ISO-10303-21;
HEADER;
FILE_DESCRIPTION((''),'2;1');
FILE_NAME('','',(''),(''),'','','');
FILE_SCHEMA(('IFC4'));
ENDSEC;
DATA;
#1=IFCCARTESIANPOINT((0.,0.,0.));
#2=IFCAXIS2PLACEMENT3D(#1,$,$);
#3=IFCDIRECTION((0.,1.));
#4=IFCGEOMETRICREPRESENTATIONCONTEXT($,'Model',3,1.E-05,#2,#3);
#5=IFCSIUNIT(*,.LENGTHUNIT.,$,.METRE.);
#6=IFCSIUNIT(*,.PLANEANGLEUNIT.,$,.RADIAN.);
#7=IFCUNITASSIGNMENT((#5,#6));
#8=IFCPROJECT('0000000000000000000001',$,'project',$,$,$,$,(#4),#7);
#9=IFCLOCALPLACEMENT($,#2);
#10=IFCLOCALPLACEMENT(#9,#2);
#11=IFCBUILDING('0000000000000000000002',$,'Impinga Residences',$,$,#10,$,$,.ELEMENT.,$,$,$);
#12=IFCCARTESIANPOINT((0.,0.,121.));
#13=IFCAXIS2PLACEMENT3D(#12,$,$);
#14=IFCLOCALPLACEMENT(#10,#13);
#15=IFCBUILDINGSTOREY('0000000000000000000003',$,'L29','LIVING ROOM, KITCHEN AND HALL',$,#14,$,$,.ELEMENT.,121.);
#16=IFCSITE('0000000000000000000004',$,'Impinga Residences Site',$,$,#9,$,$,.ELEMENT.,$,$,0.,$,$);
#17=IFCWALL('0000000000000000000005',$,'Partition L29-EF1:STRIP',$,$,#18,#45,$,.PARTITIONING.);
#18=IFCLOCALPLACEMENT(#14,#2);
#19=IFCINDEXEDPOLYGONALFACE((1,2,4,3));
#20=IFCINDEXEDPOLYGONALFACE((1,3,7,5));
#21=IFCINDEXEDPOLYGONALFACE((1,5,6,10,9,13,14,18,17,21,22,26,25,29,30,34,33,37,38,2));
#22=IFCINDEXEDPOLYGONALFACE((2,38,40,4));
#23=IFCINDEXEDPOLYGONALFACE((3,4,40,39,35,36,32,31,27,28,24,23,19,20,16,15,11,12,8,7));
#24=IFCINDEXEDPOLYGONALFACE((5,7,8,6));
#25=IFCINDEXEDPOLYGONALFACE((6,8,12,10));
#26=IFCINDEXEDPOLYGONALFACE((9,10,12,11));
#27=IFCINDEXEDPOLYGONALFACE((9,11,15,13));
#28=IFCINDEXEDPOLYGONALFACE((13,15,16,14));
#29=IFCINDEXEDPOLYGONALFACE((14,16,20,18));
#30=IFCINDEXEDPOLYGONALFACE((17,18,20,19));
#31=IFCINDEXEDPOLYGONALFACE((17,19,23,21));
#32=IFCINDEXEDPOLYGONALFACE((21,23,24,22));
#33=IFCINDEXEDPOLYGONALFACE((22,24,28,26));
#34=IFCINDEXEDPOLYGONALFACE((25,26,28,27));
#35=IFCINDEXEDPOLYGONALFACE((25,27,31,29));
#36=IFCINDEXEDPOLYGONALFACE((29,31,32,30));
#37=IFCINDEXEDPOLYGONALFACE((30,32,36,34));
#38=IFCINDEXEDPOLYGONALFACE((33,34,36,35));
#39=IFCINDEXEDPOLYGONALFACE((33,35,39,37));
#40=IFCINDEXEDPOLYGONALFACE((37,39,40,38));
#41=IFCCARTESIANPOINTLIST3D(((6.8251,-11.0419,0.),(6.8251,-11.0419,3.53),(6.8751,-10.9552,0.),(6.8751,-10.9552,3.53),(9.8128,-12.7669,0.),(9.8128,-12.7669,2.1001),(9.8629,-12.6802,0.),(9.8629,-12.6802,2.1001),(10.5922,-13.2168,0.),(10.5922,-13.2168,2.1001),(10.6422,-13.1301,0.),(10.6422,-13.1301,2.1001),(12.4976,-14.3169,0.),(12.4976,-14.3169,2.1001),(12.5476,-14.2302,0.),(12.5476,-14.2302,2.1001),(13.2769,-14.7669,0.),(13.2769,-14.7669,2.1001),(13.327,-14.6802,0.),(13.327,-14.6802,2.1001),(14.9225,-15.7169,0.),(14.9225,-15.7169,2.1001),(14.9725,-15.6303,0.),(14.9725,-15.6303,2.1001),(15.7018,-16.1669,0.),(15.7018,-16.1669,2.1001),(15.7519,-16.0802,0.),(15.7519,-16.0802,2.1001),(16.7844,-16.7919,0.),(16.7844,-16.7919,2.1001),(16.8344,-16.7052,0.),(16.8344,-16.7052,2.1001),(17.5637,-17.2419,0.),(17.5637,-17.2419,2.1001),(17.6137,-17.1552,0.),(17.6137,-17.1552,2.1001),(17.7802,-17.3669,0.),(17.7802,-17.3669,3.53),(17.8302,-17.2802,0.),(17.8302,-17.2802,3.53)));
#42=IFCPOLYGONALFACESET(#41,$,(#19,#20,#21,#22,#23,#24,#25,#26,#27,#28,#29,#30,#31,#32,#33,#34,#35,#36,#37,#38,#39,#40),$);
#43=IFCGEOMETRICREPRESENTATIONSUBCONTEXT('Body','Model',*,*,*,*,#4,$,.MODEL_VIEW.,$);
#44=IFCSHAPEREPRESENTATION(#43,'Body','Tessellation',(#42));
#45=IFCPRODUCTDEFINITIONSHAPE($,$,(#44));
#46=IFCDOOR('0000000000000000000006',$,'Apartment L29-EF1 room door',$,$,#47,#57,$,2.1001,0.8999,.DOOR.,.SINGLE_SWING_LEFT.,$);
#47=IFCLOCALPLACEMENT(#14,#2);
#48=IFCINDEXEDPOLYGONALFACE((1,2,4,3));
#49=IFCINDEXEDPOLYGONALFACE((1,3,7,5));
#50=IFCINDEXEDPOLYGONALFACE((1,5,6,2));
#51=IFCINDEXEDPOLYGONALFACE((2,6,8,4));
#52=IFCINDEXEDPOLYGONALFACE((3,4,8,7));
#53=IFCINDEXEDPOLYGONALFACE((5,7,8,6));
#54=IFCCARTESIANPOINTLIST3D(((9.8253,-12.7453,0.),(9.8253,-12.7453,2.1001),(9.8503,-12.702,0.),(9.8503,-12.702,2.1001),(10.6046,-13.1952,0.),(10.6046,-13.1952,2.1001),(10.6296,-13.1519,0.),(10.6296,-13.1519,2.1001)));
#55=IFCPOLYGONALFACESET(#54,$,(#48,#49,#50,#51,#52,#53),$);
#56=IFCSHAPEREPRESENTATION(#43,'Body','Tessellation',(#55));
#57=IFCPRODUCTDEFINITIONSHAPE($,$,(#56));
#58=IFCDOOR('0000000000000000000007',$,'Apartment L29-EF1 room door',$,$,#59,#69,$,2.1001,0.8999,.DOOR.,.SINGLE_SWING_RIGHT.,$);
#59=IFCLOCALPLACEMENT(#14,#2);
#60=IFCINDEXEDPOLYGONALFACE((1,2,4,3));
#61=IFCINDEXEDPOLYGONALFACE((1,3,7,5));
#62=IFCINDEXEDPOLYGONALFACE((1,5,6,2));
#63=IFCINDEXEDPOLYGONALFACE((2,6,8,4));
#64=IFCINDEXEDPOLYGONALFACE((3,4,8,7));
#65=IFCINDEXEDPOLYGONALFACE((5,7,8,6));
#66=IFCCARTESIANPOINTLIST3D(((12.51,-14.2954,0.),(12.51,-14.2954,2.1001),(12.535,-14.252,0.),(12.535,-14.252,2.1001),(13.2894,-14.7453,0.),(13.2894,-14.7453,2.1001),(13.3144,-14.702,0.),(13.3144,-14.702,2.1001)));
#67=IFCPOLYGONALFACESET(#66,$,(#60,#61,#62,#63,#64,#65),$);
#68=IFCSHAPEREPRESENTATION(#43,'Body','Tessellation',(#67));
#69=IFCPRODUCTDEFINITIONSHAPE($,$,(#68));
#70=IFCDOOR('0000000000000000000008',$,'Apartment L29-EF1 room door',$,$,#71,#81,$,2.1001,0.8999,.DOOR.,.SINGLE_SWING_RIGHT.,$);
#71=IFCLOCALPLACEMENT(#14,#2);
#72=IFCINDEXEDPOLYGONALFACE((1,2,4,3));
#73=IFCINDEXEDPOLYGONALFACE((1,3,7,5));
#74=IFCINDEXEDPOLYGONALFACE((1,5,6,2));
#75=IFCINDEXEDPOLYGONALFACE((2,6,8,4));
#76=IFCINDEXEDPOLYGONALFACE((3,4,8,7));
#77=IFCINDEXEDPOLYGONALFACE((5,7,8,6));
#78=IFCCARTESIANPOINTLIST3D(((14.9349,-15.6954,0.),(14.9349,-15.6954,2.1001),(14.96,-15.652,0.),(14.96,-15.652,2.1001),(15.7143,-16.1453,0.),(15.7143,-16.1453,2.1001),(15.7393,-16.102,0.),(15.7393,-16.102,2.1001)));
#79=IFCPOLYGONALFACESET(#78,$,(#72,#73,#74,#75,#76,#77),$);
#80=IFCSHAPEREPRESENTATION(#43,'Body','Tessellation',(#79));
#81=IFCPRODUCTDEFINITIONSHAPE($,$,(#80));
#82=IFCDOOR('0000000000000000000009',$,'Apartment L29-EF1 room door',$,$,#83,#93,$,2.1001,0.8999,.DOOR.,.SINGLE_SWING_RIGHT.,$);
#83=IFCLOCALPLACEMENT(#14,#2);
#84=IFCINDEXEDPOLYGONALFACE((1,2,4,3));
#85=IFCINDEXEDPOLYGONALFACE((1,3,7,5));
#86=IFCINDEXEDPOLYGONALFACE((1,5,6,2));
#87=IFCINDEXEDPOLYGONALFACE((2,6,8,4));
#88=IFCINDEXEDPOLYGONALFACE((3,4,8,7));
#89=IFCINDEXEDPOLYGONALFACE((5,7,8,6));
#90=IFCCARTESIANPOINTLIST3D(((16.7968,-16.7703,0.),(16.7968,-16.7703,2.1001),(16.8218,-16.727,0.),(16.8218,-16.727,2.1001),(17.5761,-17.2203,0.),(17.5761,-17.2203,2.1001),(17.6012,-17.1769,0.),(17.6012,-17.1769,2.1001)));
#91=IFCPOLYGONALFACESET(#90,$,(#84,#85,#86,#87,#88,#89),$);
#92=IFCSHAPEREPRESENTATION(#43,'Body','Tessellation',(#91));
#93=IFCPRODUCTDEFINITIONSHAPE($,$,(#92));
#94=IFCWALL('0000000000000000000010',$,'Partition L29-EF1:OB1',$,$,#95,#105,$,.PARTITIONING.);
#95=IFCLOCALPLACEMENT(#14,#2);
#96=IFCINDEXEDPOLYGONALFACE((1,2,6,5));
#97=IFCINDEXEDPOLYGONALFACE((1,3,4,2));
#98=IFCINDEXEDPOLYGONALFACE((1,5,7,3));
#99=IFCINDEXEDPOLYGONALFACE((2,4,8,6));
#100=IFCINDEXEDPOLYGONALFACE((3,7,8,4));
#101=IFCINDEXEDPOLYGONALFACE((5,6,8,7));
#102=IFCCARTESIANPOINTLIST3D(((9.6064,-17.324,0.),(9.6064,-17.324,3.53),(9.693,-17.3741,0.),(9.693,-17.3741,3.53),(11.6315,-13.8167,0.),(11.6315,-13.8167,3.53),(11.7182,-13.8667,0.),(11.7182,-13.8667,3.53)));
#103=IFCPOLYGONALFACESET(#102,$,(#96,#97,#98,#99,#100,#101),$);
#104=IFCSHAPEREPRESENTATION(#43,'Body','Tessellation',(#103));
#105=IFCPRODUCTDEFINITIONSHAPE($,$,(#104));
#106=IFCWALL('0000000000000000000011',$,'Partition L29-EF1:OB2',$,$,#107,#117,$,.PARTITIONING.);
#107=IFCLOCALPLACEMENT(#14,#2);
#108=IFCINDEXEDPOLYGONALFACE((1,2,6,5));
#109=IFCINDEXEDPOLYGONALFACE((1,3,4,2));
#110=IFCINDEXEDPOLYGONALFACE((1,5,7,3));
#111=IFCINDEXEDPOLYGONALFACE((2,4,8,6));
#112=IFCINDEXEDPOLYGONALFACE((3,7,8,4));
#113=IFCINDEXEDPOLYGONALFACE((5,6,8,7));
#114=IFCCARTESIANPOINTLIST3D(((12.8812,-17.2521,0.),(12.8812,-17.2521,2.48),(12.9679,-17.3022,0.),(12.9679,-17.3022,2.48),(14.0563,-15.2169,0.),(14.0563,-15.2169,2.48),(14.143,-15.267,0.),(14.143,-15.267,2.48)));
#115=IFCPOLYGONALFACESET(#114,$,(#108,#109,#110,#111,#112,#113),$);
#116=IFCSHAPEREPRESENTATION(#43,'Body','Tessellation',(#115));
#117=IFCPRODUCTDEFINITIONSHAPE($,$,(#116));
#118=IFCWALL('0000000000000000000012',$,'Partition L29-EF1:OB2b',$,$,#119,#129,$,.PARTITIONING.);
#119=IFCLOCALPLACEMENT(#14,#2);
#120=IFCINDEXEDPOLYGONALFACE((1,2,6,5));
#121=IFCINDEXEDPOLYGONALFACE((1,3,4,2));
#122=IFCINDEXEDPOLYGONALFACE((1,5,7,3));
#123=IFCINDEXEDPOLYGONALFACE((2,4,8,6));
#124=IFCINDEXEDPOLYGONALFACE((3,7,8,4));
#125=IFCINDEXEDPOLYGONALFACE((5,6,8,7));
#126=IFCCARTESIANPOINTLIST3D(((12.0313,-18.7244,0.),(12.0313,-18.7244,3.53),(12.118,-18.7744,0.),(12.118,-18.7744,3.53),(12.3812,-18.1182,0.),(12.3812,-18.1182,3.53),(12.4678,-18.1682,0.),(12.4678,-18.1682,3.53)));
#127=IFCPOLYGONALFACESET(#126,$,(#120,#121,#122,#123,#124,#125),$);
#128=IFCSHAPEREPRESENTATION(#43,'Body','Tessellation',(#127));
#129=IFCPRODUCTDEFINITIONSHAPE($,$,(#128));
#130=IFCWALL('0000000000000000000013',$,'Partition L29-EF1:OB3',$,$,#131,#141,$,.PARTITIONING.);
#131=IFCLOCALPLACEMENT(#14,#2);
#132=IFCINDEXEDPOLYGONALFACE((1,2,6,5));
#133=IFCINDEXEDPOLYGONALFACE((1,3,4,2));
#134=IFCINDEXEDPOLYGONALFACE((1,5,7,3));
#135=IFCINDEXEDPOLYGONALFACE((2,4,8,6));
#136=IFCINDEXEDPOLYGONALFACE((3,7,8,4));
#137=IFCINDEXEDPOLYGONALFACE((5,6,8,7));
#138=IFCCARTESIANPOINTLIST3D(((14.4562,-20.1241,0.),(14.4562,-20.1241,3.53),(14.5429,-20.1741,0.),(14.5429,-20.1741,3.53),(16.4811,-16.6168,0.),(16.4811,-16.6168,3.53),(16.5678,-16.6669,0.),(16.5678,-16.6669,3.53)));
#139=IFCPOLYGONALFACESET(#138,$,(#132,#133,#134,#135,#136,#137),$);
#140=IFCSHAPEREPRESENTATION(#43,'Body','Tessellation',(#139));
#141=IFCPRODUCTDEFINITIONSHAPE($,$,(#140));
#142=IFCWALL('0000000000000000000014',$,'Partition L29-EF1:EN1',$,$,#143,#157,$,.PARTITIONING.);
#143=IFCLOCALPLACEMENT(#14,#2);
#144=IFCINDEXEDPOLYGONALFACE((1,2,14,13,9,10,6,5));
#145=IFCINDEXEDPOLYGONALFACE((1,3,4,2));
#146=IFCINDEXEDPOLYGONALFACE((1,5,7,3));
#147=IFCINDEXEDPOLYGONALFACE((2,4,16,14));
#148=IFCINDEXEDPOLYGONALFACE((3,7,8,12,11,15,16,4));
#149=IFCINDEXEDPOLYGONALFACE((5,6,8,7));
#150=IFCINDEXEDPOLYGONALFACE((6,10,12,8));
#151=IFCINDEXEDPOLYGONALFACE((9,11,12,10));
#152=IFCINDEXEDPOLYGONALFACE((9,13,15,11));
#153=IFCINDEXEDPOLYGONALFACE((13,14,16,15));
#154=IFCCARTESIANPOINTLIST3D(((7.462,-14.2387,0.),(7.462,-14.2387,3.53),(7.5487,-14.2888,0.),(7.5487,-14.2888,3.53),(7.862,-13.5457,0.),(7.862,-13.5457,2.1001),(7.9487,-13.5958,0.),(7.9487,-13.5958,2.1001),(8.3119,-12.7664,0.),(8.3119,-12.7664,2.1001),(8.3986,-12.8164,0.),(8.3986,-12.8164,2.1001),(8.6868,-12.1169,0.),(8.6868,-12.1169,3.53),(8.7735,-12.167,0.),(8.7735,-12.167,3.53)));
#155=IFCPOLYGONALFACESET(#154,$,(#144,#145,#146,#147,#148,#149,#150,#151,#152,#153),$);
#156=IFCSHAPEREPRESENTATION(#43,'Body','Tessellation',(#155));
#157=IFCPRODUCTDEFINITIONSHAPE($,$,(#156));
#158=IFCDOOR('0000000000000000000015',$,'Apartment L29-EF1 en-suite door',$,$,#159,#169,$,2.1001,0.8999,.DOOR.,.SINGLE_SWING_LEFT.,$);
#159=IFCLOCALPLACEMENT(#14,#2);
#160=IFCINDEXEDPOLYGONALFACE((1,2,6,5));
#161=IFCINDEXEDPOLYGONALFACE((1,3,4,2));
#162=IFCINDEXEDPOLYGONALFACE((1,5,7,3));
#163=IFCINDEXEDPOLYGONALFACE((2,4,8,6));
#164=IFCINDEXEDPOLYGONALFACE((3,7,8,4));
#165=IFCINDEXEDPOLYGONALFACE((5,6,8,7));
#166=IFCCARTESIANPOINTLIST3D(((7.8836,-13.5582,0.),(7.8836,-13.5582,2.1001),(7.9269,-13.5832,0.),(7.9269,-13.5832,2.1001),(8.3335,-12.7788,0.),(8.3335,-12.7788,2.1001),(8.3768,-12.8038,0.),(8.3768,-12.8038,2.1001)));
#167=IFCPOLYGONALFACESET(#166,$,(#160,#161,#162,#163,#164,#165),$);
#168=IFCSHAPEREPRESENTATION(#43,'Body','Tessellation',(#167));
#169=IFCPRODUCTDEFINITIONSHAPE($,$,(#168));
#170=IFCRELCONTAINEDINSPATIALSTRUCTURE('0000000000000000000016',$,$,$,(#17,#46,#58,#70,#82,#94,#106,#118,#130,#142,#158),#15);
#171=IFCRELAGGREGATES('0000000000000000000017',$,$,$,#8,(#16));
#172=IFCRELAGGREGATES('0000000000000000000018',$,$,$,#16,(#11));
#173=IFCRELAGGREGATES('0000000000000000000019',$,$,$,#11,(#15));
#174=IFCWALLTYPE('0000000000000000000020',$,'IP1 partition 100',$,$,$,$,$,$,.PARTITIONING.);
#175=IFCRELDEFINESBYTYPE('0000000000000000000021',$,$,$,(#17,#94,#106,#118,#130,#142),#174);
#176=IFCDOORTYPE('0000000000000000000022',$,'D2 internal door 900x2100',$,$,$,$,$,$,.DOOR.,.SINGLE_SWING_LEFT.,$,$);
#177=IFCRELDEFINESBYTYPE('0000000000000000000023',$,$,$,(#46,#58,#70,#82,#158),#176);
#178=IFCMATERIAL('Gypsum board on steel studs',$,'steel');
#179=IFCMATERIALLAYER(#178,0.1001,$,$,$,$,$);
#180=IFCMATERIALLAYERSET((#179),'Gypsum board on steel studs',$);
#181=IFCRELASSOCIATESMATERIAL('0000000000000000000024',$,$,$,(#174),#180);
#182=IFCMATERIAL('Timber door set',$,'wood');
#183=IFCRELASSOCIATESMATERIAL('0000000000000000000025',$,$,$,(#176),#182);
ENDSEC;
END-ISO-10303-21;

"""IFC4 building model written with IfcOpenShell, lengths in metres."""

from ifc_helpers import new_model, si_unit, direction, frame, frame_2d, origin, place, context, subcontext, project, spatial, rectangle, extrude, material, layer, layer_set, type_object, element, fill, save


model = new_model("IFC4")

# Units and contexts
model_context = context("Model", 3, precision=1e-05, world=origin(), true_north=direction((0.0, 1.0)))
body_context = subcontext(model_context, "Body", "Model", "MODEL_VIEW")
ifc_project = project(units=[si_unit("LENGTHUNIT", "METRE"), si_unit("PLANEANGLEUNIT", "RADIAN")], contexts=[model_context])

# Site, building, storey
site_placement = place(None, origin())
site = spatial("IfcSite", under=ifc_project, at=site_placement, Name="Impinga Residences Site", CompositionType="ELEMENT", RefElevation=0.0)
building_placement = place(site_placement, origin())
building = spatial("IfcBuilding", under=site, at=building_placement, Name="Impinga Residences", CompositionType="ELEMENT")
storey_placement = place(building_placement, frame((0.0, 0.0, 121.0)))
storey = spatial("IfcBuildingStorey", under=building, at=storey_placement, Name="L29", Description="LIVING ROOM, KITCHEN AND HALL", CompositionType="ELEMENT", Elevation=121.0)

# Shared definitions
ifc_material_1 = material(Name="Timber door set", Category="wood")

# Shared definitions
ifc_material_2 = material(Name="Gypsum board on steel studs", Category="steel")
ifc_layer_1 = layer(ifc_material_2, 0.1001)
ifc_layer_set_1 = layer_set([ifc_layer_1], Name="Gypsum board on steel studs")
wall_type_1 = type_object("IfcWallType", Name="IP1 partition 100", PredefinedType="PARTITIONING", material=ifc_layer_set_1)

# Wall, openings, doors
wall_1_placement = place(storey_placement, frame((6.8501, -10.9985, 0.0), z_axis=(0.0, 0.0, 1.0), x_axis=(0.866024, -0.500002, 0.0)))
wall_1 = element("IfcWall", 1, at=wall_1_placement, inside=storey, type_object=wall_type_1, Name="Partition L29-EF1:STRIP", PredefinedType="PARTITIONING", context=body_context, shape_type="SweptSolid", body=[
    extrude(rectangle(XDim=12.6499, YDim=0.1001, at=frame_2d((6.325, 0.0))), origin(), (0.0, 0.0, 1.0), 3.53),
])
opening_1_placement = place(wall_1_placement, frame((3.45, 0.0, 0.0)))
opening_1 = element("IfcOpeningElement", 2, at=opening_1_placement, cuts=wall_1, PredefinedType="OPENING", context=body_context, shape_type="SweptSolid", body=[
    extrude(rectangle(XDim=0.8999, YDim=2.1001, at=frame_2d((0.45, 1.05))), frame((0.0, 0.0601, 0.0), z_axis=(0.0, -1.0, 0.0), x_axis=(1.0, 0.0, 0.0)), (0.0, 0.0, 1.0), 0.1201),
])
opening_2_placement = place(wall_1_placement, frame((6.55, 0.0, 0.0)))
opening_2 = element("IfcOpeningElement", 3, at=opening_2_placement, cuts=wall_1, PredefinedType="OPENING", context=body_context, shape_type="SweptSolid", body=[
    extrude(rectangle(XDim=0.8999, YDim=2.1001, at=frame_2d((0.45, 1.05))), frame((0.0, 0.0601, 0.0), z_axis=(0.0, -1.0, 0.0), x_axis=(1.0, 0.0, 0.0)), (0.0, 0.0, 1.0), 0.1201),
])
opening_3_placement = place(wall_1_placement, frame((9.3501, 0.0, 0.0)))
opening_3 = element("IfcOpeningElement", 4, at=opening_3_placement, cuts=wall_1, PredefinedType="OPENING", context=body_context, shape_type="SweptSolid", body=[
    extrude(rectangle(XDim=0.8999, YDim=2.1001, at=frame_2d((0.45, 1.05))), frame((0.0, 0.0601, 0.0), z_axis=(0.0, -1.0, 0.0), x_axis=(1.0, 0.0, 0.0)), (0.0, 0.0, 1.0), 0.1201),
])
opening_4_placement = place(wall_1_placement, frame((11.5, 0.0, 0.0)))
opening_4 = element("IfcOpeningElement", 5, at=opening_4_placement, cuts=wall_1, PredefinedType="OPENING", context=body_context, shape_type="SweptSolid", body=[
    extrude(rectangle(XDim=0.8999, YDim=2.1001, at=frame_2d((0.45, 1.05))), frame((0.0, 0.0601, 0.0), z_axis=(0.0, -1.0, 0.0), x_axis=(1.0, 0.0, 0.0)), (0.0, 0.0, 1.0), 0.1201),
])
door_type_1 = type_object("IfcDoorType", Name="D2 internal door 900x2100", OperationType="SINGLE_SWING_LEFT", PredefinedType="DOOR", material=ifc_material_1)
door_1_placement = place(opening_1_placement, origin())
door_1 = element("IfcDoor", 6, at=door_1_placement, inside=storey, type_object=door_type_1, Name="Apartment L29-EF1 room door", OperationType="SINGLE_SWING_LEFT", OverallHeight=2.1001, OverallWidth=0.8999, PredefinedType="DOOR", context=body_context, shape_type="SweptSolid", body=[
    extrude(rectangle(XDim=0.8999, YDim=2.1001, at=frame_2d((0.45, 1.05))), frame((0.0, 0.0249, 0.0), z_axis=(0.0, -1.0, 0.0), x_axis=(1.0, 0.0, 0.0)), (0.0, 0.0, 1.0), 0.05),
])
fill(opening_1, door_1)
door_2_placement = place(opening_2_placement, origin())
door_2 = element("IfcDoor", 7, at=door_2_placement, inside=storey, type_object=door_type_1, Name="Apartment L29-EF1 room door", OperationType="SINGLE_SWING_RIGHT", OverallHeight=2.1001, OverallWidth=0.8999, PredefinedType="DOOR", context=body_context, shape_type="SweptSolid", body=[
    extrude(rectangle(XDim=0.8999, YDim=2.1001, at=frame_2d((0.45, 1.05))), frame((0.0, 0.0249, 0.0), z_axis=(0.0, -1.0, 0.0), x_axis=(1.0, 0.0, 0.0)), (0.0, 0.0, 1.0), 0.05),
])
fill(opening_2, door_2)
door_3_placement = place(opening_3_placement, origin())
door_3 = element("IfcDoor", 8, at=door_3_placement, inside=storey, type_object=door_type_1, Name="Apartment L29-EF1 room door", OperationType="SINGLE_SWING_RIGHT", OverallHeight=2.1001, OverallWidth=0.8999, PredefinedType="DOOR", context=body_context, shape_type="SweptSolid", body=[
    extrude(rectangle(XDim=0.8999, YDim=2.1001, at=frame_2d((0.45, 1.05))), frame((0.0, 0.0249, 0.0), z_axis=(0.0, -1.0, 0.0), x_axis=(1.0, 0.0, 0.0)), (0.0, 0.0, 1.0), 0.05),
])
fill(opening_3, door_3)
door_4_placement = place(opening_4_placement, origin())
door_4 = element("IfcDoor", 9, at=door_4_placement, inside=storey, type_object=door_type_1, Name="Apartment L29-EF1 room door", OperationType="SINGLE_SWING_RIGHT", OverallHeight=2.1001, OverallWidth=0.8999, PredefinedType="DOOR", context=body_context, shape_type="SweptSolid", body=[
    extrude(rectangle(XDim=0.8999, YDim=2.1001, at=frame_2d((0.45, 1.05))), frame((0.0, 0.0249, 0.0), z_axis=(0.0, -1.0, 0.0), x_axis=(1.0, 0.0, 0.0)), (0.0, 0.0, 1.0), 0.05),
])
fill(opening_4, door_4)

# Walls
wall_2_placement = place(storey_placement, frame((11.6748, -13.8418, 0.0), z_axis=(0.0, 0.0, 1.0), x_axis=(-0.500036, -0.866005, 0.0)))
element("IfcWall", 10, at=wall_2_placement, inside=storey, type_object=wall_type_1, Name="Partition L29-EF1:OB1", PredefinedType="PARTITIONING", context=body_context, shape_type="SweptSolid", body=[
    extrude(rectangle(XDim=4.05, YDim=0.1001, at=frame_2d((2.0249, 0.0))), origin(), (0.0, 0.0, 1.0), 3.53),
])
wall_3_placement = place(storey_placement, frame((14.0996, -15.2419, 0.0), z_axis=(0.0, 0.0, 1.0), x_axis=(-0.500016, -0.866016, 0.0)))
element("IfcWall", 11, at=wall_3_placement, inside=storey, type_object=wall_type_1, Name="Partition L29-EF1:OB2", PredefinedType="PARTITIONING", context=body_context, shape_type="SweptSolid", body=[
    extrude(rectangle(XDim=2.3501, YDim=0.1001, at=frame_2d((1.175, 0.0))), origin(), (0.0, 0.0, 1.0), 2.48),
])
wall_4_placement = place(storey_placement, frame((12.4246, -18.1431, 0.0), z_axis=(0.0, 0.0, 1.0), x_axis=(-0.499853, -0.86611, 0.0)))
element("IfcWall", 12, at=wall_4_placement, inside=storey, type_object=wall_type_1, Name="Partition L29-EF1:OB2b", PredefinedType="PARTITIONING", context=body_context, shape_type="SweptSolid", body=[
    extrude(rectangle(XDim=0.7, YDim=0.1001, at=frame_2d((0.3501, 0.0))), origin(), (0.0, 0.0, 1.0), 3.53),
])
wall_5_placement = place(storey_placement, frame((16.5244, -16.6418, 0.0), z_axis=(0.0, 0.0, 1.0), x_axis=(-0.49999, -0.866031, 0.0)))
element("IfcWall", 13, at=wall_5_placement, inside=storey, type_object=wall_type_1, Name="Partition L29-EF1:OB3", PredefinedType="PARTITIONING", context=body_context, shape_type="SweptSolid", body=[
    extrude(rectangle(XDim=4.0498, YDim=0.1001, at=frame_2d((2.0249, 0.0))), origin(), (0.0, 0.0, 1.0), 3.53),
])

# Wall, opening, door
wall_6_placement = place(storey_placement, frame((8.7302, -12.1418, 0.0), z_axis=(0.0, 0.0, 1.0), x_axis=(-0.499944, -0.866058, 0.0)))
wall_6 = element("IfcWall", 14, at=wall_6_placement, inside=storey, type_object=wall_type_1, Name="Partition L29-EF1:EN1", PredefinedType="PARTITIONING", context=body_context, shape_type="SweptSolid", body=[
    extrude(rectangle(XDim=2.45, YDim=0.1001, at=frame_2d((1.2251, 0.0))), origin(), (0.0, 0.0, 1.0), 3.53),
])
opening_5_placement = place(wall_6_placement, frame((0.75, 0.0, 0.0)))
opening_5 = element("IfcOpeningElement", 15, at=opening_5_placement, cuts=wall_6, PredefinedType="OPENING", context=body_context, shape_type="SweptSolid", body=[
    extrude(rectangle(XDim=0.8999, YDim=2.1001, at=frame_2d((0.45, 1.05))), frame((0.0, 0.0601, 0.0), z_axis=(0.0, -1.0, 0.0), x_axis=(1.0, 0.0, 0.0)), (0.0, 0.0, 1.0), 0.1201),
])
door_5_placement = place(opening_5_placement, origin())
door_5 = element("IfcDoor", 16, at=door_5_placement, inside=storey, type_object=door_type_1, Name="Apartment L29-EF1 en-suite door", OperationType="SINGLE_SWING_LEFT", OverallHeight=2.1001, OverallWidth=0.8999, PredefinedType="DOOR", context=body_context, shape_type="SweptSolid", body=[
    extrude(rectangle(XDim=0.8999, YDim=2.1001, at=frame_2d((0.45, 1.05))), frame((0.0, 0.0249, 0.0), z_axis=(0.0, -1.0, 0.0), x_axis=(1.0, 0.0, 0.0)), (0.0, 0.0, 1.0), 0.05),
])
fill(opening_5, door_5)

save(model, "model.ifc")
